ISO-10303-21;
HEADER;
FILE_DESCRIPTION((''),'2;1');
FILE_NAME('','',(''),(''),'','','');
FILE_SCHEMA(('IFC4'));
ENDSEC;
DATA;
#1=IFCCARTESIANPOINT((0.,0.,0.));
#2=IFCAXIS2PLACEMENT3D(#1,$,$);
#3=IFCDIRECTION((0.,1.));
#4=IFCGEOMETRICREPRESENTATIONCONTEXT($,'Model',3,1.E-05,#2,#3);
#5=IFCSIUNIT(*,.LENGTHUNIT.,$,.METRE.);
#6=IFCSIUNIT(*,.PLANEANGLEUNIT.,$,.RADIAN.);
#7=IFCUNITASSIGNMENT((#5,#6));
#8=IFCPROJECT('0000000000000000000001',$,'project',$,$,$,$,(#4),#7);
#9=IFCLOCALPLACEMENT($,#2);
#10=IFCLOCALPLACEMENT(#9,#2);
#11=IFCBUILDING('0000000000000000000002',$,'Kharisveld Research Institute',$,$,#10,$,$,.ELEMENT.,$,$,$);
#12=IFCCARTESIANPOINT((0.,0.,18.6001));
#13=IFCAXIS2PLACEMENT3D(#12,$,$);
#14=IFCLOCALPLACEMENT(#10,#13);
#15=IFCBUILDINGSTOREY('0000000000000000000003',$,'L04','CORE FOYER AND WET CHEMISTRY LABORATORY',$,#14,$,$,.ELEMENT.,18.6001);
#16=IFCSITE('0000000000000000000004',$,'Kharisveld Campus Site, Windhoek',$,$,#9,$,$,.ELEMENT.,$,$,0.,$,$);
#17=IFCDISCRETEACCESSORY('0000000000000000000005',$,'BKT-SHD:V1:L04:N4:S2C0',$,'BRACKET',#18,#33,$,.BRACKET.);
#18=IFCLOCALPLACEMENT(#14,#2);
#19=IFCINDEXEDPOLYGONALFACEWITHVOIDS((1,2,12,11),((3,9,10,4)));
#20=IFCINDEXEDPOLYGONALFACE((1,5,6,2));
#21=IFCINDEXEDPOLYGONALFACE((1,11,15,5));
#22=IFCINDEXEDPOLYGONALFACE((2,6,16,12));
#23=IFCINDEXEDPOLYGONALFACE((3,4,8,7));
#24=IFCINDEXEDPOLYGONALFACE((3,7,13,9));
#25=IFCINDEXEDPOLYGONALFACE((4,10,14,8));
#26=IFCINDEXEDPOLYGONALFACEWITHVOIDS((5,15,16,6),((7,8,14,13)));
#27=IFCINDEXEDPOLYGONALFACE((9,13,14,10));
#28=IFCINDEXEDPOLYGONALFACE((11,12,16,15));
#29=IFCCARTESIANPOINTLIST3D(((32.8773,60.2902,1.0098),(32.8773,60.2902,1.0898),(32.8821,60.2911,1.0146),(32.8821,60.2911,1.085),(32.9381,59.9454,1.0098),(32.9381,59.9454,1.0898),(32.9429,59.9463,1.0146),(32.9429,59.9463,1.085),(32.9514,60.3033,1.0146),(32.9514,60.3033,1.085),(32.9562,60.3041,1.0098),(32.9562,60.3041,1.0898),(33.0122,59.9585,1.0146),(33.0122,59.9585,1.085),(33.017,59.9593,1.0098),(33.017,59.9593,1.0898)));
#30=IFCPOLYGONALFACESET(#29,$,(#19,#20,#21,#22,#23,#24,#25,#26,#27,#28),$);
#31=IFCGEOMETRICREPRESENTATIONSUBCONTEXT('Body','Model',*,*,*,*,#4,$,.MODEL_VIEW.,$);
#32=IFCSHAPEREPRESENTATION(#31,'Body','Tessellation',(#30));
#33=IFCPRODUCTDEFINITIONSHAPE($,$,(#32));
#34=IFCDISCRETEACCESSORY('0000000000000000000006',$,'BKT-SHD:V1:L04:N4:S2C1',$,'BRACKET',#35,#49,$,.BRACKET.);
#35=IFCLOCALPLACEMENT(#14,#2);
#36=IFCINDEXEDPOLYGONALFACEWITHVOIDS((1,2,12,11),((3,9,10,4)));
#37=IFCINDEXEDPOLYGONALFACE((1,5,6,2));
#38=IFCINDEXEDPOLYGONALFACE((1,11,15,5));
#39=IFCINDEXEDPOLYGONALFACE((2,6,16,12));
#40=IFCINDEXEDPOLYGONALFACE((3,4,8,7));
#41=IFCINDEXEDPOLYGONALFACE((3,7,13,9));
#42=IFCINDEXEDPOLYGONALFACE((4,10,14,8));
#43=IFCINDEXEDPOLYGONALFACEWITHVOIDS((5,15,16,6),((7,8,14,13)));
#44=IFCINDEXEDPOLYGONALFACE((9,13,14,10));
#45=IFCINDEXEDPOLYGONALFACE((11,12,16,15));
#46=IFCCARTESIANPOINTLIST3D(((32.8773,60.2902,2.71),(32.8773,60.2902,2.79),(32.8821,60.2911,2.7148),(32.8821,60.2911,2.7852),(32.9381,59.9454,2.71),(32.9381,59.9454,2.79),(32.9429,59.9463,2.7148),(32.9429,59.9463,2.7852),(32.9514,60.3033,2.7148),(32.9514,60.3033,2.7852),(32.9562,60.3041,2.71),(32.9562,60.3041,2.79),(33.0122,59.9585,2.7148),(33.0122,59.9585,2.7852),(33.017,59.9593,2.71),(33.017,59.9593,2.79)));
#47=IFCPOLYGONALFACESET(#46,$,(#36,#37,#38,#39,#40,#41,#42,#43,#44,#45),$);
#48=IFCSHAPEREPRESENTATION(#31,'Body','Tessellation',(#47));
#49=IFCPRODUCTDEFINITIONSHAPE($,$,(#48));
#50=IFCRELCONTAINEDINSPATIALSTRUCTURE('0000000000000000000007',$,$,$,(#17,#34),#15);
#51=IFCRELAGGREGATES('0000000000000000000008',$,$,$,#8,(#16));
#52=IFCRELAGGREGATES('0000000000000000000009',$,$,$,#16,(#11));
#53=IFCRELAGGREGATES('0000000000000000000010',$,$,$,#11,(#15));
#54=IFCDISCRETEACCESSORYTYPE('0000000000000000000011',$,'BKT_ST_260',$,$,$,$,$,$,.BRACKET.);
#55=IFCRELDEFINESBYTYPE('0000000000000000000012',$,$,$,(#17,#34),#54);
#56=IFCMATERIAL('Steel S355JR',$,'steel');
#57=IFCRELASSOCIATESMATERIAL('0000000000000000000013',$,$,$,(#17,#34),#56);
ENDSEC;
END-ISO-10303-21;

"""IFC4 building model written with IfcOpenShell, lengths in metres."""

from ifc_helpers import new_model, si_unit, direction, frame, origin, origin_2d, place, context, subcontext, project, spatial, hollow_rectangle, extrude, material, type_object, element, save


model = new_model("IFC4")

# Units and contexts
model_context = context("Model", 3, precision=1e-05, world=origin(), true_north=direction((0.0, 1.0)))
body_context = subcontext(model_context, "Body", "Model", "MODEL_VIEW")
ifc_project = project(units=[si_unit("LENGTHUNIT", "METRE"), si_unit("PLANEANGLEUNIT", "RADIAN")], contexts=[model_context])

# Site, building, storey
site_placement = place(None, origin())
site = spatial("IfcSite", under=ifc_project, at=site_placement, Name="Kharisveld Campus Site, Windhoek", CompositionType="ELEMENT", RefElevation=0.0)
building_placement = place(site_placement, origin())
building = spatial("IfcBuilding", under=site, at=building_placement, Name="Kharisveld Research Institute", CompositionType="ELEMENT")
storey_placement = place(building_placement, frame((0.0, 0.0, 18.6001)))
storey = spatial("IfcBuildingStorey", under=building, at=storey_placement, Name="L04", Description="CORE FOYER AND WET CHEMISTRY LABORATORY", CompositionType="ELEMENT", Elevation=18.6001)

# Discrete accessories
ifc_material_1 = material(Name="Steel S355JR", Category="steel")
discrete_accessory_type = type_object("IfcDiscreteAccessoryType", Name="BKT_ST_260", PredefinedType="BRACKET")
for number, where, z_axis, x_axis, name in (
    (1, (32.9775, 59.9524, 1.0498), (-0.173666, 0.984805, 0.0), (-0.984805, -0.173666, 0.0), "BKT-SHD:V1:L04:N4:S2C0"),
    (2, (32.9775, 59.9524, 2.75), (-0.173666, 0.984805, 0.0), (-0.984805, -0.173666, 0.0), "BKT-SHD:V1:L04:N4:S2C1"),
):
    element("IfcDiscreteAccessory", number, at=place(storey_placement, frame(where, z_axis=z_axis, x_axis=x_axis)), inside=storey, type_object=discrete_accessory_type, material=ifc_material_1, Name=name, ObjectType="BRACKET", PredefinedType="BRACKET", context=body_context, shape_type="SweptSolid", body=[
        extrude(hollow_rectangle(XDim=0.0801, YDim=0.0801, WallThickness=0.0049, at=origin_2d()), origin(), (0.0, 0.0, 1.0), 0.3501),
    ])

save(model, "model.ifc")
